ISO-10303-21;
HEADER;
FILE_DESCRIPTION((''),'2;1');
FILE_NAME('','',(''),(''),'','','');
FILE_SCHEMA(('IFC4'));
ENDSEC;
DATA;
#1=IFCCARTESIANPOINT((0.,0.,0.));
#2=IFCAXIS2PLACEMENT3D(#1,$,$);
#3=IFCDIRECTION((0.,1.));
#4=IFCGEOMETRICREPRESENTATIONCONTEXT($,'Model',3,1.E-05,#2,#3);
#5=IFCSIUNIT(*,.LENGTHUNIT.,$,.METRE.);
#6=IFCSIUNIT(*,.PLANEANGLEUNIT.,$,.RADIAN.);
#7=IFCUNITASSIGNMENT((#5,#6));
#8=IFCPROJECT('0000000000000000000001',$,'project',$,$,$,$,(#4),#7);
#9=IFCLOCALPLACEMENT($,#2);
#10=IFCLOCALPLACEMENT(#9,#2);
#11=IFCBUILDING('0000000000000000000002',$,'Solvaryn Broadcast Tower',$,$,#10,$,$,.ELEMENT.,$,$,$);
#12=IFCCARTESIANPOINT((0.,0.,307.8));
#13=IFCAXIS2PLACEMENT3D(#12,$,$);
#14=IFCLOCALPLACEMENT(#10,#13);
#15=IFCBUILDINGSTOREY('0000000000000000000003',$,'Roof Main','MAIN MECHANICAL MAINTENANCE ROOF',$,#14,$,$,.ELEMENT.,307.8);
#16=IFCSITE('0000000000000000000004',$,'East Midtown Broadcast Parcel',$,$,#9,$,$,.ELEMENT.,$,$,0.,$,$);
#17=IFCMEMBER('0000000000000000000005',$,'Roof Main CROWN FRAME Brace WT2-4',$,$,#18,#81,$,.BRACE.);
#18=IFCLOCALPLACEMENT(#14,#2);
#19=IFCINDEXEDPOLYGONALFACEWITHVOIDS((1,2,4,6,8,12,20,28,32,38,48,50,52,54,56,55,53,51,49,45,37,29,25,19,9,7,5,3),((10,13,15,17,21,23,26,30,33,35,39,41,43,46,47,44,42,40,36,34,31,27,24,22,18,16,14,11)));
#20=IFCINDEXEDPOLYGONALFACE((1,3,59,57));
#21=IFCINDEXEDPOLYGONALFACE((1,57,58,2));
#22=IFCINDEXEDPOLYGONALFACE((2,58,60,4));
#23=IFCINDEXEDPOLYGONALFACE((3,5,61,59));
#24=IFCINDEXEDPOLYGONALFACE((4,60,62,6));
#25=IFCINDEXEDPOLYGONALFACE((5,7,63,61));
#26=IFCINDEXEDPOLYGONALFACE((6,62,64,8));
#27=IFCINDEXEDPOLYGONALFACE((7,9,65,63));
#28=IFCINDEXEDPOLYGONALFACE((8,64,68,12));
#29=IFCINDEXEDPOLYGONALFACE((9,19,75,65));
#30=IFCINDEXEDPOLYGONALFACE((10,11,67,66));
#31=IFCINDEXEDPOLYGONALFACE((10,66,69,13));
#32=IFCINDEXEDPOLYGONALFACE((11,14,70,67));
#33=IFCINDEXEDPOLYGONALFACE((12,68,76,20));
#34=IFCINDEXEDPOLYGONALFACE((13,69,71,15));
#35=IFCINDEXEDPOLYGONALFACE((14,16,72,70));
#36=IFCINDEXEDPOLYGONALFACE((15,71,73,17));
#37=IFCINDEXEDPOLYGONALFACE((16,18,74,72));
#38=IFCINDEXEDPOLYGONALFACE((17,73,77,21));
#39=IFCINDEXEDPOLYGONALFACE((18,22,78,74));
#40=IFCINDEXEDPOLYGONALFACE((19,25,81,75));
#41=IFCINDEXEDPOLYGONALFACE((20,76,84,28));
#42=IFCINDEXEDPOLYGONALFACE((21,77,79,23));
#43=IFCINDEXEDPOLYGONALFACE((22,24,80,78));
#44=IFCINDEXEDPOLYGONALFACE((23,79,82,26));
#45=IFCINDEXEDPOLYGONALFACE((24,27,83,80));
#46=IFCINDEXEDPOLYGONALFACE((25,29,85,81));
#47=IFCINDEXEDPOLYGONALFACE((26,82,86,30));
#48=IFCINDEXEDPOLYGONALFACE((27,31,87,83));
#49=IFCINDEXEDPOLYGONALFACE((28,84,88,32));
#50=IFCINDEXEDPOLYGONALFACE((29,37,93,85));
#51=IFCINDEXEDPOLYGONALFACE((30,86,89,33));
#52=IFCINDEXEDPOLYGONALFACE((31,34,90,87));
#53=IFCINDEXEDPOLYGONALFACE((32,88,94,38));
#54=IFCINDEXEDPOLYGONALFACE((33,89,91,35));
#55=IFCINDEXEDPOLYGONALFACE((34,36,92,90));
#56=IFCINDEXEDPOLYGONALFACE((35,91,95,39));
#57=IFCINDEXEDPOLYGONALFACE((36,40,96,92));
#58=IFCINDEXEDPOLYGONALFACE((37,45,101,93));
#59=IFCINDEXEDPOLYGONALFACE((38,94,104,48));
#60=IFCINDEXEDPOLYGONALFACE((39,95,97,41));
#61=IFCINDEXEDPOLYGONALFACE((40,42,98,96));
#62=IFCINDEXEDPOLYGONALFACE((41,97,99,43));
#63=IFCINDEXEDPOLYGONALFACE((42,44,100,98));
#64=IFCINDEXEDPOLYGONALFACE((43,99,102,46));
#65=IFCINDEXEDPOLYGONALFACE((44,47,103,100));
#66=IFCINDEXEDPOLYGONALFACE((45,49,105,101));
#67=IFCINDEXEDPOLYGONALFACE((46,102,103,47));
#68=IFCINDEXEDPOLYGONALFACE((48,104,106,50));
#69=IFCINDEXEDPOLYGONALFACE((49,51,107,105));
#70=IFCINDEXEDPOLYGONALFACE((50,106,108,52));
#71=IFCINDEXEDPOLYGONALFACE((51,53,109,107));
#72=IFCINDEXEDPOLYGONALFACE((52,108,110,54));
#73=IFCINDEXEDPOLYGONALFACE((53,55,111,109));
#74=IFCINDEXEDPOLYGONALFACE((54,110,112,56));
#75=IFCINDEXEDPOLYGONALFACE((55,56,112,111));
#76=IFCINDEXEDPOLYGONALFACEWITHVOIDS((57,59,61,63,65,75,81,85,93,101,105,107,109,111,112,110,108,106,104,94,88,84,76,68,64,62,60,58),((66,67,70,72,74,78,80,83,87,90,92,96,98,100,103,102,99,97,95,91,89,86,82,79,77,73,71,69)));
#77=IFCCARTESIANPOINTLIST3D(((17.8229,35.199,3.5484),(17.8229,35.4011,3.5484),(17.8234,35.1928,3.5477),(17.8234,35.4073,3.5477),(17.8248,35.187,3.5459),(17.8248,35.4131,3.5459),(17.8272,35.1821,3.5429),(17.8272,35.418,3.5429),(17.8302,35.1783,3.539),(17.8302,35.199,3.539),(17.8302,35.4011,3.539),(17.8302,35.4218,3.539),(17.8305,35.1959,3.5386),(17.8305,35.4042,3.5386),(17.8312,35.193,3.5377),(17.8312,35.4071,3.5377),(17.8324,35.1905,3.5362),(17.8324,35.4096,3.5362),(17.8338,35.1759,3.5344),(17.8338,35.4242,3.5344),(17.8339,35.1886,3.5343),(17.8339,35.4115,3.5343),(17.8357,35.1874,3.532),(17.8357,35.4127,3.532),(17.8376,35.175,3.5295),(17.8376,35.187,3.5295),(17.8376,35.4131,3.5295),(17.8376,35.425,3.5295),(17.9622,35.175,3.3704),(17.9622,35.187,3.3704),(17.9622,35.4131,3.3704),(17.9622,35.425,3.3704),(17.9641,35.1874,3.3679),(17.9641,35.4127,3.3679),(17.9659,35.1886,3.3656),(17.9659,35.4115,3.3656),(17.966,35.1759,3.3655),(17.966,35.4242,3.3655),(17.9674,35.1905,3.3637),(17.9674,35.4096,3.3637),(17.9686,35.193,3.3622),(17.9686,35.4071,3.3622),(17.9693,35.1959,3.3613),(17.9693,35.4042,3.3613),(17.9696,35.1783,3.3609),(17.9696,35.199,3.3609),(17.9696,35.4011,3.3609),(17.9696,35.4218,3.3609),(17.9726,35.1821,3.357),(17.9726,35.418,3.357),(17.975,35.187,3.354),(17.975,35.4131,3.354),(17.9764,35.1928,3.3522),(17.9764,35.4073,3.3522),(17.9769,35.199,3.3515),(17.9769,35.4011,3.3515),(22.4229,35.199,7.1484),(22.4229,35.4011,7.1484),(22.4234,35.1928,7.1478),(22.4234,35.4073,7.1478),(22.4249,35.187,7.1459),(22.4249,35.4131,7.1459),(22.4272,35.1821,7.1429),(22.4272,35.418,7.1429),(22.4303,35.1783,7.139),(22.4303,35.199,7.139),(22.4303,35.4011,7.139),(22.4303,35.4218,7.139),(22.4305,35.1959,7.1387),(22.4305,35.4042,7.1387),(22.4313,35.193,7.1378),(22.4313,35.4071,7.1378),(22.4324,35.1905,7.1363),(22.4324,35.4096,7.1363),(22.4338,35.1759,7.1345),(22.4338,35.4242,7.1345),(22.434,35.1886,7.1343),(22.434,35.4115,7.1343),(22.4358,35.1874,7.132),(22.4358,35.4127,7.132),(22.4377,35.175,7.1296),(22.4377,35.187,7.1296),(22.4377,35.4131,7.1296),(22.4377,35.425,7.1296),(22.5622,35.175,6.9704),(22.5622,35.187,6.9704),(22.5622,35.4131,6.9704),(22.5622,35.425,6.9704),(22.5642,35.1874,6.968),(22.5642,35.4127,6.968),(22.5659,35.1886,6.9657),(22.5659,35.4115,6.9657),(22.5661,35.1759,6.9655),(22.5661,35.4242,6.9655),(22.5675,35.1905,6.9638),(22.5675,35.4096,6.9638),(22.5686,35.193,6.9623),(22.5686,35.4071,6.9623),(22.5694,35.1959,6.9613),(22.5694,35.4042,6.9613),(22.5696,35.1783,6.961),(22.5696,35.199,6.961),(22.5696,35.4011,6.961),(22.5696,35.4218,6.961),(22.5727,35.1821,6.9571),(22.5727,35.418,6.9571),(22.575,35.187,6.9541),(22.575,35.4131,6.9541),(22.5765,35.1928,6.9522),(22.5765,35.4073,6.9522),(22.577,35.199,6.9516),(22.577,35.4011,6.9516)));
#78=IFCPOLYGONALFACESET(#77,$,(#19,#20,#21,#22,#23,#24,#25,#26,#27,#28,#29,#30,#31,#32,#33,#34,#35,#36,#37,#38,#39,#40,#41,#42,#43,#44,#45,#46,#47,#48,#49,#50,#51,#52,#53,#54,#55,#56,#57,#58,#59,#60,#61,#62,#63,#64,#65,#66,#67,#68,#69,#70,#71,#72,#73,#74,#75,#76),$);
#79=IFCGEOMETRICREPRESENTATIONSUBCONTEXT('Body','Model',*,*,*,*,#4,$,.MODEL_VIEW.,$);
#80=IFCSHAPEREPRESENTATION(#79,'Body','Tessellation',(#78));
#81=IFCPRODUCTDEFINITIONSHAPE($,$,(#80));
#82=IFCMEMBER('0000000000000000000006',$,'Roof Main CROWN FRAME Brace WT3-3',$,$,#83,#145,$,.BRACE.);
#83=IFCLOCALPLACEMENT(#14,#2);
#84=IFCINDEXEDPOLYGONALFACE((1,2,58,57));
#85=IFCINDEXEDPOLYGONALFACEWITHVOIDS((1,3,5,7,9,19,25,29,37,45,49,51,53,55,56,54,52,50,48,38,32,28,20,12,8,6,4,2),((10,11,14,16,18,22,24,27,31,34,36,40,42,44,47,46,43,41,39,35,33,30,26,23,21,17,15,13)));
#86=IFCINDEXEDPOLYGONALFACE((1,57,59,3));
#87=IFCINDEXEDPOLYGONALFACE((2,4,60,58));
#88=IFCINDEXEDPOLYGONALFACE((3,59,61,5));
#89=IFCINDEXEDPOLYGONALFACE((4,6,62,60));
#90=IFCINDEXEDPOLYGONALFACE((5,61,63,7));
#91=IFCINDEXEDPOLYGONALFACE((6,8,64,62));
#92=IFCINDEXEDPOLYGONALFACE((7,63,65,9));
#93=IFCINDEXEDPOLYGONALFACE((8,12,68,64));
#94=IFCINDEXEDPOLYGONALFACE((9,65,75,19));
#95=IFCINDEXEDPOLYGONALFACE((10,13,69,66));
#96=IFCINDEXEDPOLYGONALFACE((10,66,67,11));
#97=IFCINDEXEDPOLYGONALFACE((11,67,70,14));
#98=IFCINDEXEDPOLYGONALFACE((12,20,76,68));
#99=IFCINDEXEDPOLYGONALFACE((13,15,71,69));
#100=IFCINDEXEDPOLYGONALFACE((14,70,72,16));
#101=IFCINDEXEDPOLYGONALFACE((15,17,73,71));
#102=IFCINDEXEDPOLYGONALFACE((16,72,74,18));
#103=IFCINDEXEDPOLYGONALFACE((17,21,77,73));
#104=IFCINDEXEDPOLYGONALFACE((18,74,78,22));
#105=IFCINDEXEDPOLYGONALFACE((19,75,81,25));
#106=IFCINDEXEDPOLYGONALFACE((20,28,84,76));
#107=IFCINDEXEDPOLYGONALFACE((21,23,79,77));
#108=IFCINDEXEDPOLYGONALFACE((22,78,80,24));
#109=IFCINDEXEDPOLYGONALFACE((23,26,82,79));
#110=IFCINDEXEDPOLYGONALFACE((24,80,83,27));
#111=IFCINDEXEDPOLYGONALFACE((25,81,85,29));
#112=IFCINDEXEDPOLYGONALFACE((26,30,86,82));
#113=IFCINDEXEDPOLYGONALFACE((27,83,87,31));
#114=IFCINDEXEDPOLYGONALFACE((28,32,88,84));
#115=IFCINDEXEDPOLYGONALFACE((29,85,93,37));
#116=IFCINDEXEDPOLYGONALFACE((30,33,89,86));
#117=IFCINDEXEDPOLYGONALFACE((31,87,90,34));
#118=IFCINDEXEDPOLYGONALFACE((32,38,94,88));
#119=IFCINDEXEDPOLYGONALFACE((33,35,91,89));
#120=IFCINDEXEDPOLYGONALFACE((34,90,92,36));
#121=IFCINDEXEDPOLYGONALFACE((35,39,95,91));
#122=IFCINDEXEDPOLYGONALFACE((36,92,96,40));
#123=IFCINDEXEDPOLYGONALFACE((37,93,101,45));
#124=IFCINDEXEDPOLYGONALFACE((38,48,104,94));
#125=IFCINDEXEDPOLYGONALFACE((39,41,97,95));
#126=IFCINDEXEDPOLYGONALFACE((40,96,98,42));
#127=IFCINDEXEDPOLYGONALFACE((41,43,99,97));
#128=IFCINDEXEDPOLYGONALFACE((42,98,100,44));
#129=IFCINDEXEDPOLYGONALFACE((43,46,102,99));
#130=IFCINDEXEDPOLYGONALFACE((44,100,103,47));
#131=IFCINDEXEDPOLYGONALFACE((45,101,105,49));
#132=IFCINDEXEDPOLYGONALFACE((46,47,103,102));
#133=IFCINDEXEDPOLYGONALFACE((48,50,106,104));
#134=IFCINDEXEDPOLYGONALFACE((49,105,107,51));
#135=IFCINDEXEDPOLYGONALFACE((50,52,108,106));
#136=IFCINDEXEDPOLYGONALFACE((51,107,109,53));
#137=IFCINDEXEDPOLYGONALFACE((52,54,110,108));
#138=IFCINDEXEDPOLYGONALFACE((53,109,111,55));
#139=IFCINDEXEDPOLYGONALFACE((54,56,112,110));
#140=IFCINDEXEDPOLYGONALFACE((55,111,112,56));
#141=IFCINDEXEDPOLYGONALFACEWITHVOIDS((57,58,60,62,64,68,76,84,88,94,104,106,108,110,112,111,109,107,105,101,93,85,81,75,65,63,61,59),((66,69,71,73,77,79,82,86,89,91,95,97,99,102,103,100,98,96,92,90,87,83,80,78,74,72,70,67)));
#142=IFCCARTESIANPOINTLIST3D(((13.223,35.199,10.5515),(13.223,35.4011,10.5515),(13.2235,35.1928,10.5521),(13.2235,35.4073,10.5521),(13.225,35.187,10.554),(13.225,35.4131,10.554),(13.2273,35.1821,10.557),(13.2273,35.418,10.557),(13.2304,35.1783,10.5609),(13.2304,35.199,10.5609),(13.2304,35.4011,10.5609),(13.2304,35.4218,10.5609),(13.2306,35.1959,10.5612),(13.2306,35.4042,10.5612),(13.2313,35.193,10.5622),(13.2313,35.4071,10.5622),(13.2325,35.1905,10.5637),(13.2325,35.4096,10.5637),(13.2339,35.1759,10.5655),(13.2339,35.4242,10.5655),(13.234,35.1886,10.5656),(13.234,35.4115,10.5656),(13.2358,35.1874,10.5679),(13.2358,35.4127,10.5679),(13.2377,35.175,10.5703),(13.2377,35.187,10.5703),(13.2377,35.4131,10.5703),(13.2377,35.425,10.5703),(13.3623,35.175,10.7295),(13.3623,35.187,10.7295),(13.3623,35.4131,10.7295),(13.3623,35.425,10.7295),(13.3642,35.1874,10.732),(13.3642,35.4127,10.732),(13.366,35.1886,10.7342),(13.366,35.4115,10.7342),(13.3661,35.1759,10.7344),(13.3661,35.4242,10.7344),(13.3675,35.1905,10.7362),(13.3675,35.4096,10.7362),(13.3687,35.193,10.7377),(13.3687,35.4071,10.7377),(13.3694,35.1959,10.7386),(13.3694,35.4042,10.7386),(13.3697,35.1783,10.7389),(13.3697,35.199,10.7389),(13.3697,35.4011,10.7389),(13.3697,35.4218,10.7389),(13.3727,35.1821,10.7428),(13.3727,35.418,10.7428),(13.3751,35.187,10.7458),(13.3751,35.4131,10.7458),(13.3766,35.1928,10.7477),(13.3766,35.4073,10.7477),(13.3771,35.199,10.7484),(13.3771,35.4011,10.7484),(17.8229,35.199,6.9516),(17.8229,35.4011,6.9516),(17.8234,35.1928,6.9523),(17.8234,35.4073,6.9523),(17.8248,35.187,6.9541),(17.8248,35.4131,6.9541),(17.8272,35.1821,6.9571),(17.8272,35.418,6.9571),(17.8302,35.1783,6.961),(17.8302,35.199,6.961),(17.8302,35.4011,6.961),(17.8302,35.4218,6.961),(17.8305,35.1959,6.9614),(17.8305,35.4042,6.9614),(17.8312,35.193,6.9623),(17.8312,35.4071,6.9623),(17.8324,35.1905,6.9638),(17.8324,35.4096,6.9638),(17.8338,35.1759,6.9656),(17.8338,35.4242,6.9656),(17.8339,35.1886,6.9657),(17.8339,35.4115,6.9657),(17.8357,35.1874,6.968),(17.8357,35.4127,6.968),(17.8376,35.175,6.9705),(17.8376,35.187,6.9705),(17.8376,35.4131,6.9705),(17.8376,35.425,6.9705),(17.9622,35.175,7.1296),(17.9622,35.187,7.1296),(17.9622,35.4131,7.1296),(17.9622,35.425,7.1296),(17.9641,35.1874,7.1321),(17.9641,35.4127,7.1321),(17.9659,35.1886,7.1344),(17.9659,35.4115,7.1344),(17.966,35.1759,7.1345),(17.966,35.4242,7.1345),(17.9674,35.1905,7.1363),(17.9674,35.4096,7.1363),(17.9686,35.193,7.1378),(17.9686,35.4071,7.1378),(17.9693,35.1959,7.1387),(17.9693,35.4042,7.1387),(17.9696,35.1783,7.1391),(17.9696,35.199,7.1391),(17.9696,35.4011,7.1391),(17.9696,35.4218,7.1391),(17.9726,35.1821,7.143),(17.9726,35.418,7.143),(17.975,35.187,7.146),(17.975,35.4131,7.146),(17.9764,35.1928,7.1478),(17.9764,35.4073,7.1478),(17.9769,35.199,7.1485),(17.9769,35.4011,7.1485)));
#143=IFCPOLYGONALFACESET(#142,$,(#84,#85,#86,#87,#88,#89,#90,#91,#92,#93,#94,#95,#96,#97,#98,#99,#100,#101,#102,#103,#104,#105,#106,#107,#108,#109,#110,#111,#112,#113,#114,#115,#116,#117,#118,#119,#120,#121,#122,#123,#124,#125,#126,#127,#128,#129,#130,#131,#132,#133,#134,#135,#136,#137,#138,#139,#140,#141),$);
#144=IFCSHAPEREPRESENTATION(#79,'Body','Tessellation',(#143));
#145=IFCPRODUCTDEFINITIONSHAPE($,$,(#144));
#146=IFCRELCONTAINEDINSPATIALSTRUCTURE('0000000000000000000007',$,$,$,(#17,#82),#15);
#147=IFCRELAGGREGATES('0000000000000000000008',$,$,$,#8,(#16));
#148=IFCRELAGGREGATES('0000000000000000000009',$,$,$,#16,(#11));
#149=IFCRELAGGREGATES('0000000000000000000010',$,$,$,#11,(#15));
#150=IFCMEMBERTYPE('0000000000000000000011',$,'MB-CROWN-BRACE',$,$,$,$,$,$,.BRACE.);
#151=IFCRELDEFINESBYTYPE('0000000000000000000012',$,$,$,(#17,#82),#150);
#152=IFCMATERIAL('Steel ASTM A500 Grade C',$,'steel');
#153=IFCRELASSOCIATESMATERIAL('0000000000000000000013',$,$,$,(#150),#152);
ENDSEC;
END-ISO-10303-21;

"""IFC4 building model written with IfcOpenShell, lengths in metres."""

from ifc_helpers import new_model, si_unit, direction, frame, origin, origin_2d, place, context, subcontext, project, spatial, hollow_rectangle, extrude, material, material_profile, profile_set, type_object, element, save


model = new_model("IFC4")

# Units and contexts
model_context = context("Model", 3, precision=1e-05, world=origin(), true_north=direction((0.0, 1.0)))
body_context = subcontext(model_context, "Body", "Model", "MODEL_VIEW")
ifc_project = project(units=[si_unit("LENGTHUNIT", "METRE"), si_unit("PLANEANGLEUNIT", "RADIAN")], contexts=[model_context])

# Site, building, storey
site_placement = place(None, origin())
site = spatial("IfcSite", under=ifc_project, at=site_placement, Name="East Midtown Broadcast Parcel", CompositionType="ELEMENT", RefElevation=0.0)
building_placement = place(site_placement, origin())
building = spatial("IfcBuilding", under=site, at=building_placement, Name="Solvaryn Broadcast Tower", CompositionType="ELEMENT")
storey_placement = place(building_placement, frame((0.0, 0.0, 307.8)))
storey = spatial("IfcBuildingStorey", under=building, at=storey_placement, Name="Roof Main", Description="MAIN MECHANICAL MAINTENANCE ROOF", CompositionType="ELEMENT", Elevation=307.8)

# Members
ifc_material_1 = material(Name="Steel ASTM A500 Grade C", Category="steel")
ifc_material_profile_1 = material_profile(ifc_material_1, hollow_rectangle(XDim=0.25, YDim=0.25, WallThickness=0.012, InnerFilletRadius=0.012, OuterFilletRadius=0.0239, at=origin_2d()))
ifc_profile_set_1 = profile_set([ifc_material_profile_1], Name="Steel ASTM A500 Grade C")
member_type_1 = type_object("IfcMemberType", Name="MB-CROWN-BRACE", PredefinedType="BRACE", material=ifc_profile_set_1)
member_1_placement = place(storey_placement, frame((17.8999, 35.3, 3.45), z_axis=(0.787503, 0.0, 0.616311), x_axis=(0.0, 1.0, 0.0)))
element("IfcMember", 1, at=member_1_placement, inside=storey, type_object=member_type_1, Name="Roof Main CROWN FRAME Brace WT2-4", PredefinedType="BRACE", context=body_context, shape_type="SweptSolid", body=[
    extrude(hollow_rectangle(XDim=0.25, YDim=0.25, WallThickness=0.012, InnerFilletRadius=0.012, OuterFilletRadius=0.0239, at=origin_2d()), origin(), (0.0, 0.0, 1.0), 5.8413),
])
member_2_placement = place(storey_placement, frame((17.8999, 35.3, 7.05), z_axis=(-0.787508, 0.0, 0.616305), x_axis=(0.0, -1.0, 0.0)))
element("IfcMember", 2, at=member_2_placement, inside=storey, type_object=member_type_1, Name="Roof Main CROWN FRAME Brace WT3-3", PredefinedType="BRACE", context=body_context, shape_type="SweptSolid", body=[
    extrude(hollow_rectangle(XDim=0.25, YDim=0.25, WallThickness=0.012, InnerFilletRadius=0.012, OuterFilletRadius=0.0239, at=origin_2d()), origin(), (0.0, 0.0, 1.0), 5.8411),
])

save(model, "model.ifc")
